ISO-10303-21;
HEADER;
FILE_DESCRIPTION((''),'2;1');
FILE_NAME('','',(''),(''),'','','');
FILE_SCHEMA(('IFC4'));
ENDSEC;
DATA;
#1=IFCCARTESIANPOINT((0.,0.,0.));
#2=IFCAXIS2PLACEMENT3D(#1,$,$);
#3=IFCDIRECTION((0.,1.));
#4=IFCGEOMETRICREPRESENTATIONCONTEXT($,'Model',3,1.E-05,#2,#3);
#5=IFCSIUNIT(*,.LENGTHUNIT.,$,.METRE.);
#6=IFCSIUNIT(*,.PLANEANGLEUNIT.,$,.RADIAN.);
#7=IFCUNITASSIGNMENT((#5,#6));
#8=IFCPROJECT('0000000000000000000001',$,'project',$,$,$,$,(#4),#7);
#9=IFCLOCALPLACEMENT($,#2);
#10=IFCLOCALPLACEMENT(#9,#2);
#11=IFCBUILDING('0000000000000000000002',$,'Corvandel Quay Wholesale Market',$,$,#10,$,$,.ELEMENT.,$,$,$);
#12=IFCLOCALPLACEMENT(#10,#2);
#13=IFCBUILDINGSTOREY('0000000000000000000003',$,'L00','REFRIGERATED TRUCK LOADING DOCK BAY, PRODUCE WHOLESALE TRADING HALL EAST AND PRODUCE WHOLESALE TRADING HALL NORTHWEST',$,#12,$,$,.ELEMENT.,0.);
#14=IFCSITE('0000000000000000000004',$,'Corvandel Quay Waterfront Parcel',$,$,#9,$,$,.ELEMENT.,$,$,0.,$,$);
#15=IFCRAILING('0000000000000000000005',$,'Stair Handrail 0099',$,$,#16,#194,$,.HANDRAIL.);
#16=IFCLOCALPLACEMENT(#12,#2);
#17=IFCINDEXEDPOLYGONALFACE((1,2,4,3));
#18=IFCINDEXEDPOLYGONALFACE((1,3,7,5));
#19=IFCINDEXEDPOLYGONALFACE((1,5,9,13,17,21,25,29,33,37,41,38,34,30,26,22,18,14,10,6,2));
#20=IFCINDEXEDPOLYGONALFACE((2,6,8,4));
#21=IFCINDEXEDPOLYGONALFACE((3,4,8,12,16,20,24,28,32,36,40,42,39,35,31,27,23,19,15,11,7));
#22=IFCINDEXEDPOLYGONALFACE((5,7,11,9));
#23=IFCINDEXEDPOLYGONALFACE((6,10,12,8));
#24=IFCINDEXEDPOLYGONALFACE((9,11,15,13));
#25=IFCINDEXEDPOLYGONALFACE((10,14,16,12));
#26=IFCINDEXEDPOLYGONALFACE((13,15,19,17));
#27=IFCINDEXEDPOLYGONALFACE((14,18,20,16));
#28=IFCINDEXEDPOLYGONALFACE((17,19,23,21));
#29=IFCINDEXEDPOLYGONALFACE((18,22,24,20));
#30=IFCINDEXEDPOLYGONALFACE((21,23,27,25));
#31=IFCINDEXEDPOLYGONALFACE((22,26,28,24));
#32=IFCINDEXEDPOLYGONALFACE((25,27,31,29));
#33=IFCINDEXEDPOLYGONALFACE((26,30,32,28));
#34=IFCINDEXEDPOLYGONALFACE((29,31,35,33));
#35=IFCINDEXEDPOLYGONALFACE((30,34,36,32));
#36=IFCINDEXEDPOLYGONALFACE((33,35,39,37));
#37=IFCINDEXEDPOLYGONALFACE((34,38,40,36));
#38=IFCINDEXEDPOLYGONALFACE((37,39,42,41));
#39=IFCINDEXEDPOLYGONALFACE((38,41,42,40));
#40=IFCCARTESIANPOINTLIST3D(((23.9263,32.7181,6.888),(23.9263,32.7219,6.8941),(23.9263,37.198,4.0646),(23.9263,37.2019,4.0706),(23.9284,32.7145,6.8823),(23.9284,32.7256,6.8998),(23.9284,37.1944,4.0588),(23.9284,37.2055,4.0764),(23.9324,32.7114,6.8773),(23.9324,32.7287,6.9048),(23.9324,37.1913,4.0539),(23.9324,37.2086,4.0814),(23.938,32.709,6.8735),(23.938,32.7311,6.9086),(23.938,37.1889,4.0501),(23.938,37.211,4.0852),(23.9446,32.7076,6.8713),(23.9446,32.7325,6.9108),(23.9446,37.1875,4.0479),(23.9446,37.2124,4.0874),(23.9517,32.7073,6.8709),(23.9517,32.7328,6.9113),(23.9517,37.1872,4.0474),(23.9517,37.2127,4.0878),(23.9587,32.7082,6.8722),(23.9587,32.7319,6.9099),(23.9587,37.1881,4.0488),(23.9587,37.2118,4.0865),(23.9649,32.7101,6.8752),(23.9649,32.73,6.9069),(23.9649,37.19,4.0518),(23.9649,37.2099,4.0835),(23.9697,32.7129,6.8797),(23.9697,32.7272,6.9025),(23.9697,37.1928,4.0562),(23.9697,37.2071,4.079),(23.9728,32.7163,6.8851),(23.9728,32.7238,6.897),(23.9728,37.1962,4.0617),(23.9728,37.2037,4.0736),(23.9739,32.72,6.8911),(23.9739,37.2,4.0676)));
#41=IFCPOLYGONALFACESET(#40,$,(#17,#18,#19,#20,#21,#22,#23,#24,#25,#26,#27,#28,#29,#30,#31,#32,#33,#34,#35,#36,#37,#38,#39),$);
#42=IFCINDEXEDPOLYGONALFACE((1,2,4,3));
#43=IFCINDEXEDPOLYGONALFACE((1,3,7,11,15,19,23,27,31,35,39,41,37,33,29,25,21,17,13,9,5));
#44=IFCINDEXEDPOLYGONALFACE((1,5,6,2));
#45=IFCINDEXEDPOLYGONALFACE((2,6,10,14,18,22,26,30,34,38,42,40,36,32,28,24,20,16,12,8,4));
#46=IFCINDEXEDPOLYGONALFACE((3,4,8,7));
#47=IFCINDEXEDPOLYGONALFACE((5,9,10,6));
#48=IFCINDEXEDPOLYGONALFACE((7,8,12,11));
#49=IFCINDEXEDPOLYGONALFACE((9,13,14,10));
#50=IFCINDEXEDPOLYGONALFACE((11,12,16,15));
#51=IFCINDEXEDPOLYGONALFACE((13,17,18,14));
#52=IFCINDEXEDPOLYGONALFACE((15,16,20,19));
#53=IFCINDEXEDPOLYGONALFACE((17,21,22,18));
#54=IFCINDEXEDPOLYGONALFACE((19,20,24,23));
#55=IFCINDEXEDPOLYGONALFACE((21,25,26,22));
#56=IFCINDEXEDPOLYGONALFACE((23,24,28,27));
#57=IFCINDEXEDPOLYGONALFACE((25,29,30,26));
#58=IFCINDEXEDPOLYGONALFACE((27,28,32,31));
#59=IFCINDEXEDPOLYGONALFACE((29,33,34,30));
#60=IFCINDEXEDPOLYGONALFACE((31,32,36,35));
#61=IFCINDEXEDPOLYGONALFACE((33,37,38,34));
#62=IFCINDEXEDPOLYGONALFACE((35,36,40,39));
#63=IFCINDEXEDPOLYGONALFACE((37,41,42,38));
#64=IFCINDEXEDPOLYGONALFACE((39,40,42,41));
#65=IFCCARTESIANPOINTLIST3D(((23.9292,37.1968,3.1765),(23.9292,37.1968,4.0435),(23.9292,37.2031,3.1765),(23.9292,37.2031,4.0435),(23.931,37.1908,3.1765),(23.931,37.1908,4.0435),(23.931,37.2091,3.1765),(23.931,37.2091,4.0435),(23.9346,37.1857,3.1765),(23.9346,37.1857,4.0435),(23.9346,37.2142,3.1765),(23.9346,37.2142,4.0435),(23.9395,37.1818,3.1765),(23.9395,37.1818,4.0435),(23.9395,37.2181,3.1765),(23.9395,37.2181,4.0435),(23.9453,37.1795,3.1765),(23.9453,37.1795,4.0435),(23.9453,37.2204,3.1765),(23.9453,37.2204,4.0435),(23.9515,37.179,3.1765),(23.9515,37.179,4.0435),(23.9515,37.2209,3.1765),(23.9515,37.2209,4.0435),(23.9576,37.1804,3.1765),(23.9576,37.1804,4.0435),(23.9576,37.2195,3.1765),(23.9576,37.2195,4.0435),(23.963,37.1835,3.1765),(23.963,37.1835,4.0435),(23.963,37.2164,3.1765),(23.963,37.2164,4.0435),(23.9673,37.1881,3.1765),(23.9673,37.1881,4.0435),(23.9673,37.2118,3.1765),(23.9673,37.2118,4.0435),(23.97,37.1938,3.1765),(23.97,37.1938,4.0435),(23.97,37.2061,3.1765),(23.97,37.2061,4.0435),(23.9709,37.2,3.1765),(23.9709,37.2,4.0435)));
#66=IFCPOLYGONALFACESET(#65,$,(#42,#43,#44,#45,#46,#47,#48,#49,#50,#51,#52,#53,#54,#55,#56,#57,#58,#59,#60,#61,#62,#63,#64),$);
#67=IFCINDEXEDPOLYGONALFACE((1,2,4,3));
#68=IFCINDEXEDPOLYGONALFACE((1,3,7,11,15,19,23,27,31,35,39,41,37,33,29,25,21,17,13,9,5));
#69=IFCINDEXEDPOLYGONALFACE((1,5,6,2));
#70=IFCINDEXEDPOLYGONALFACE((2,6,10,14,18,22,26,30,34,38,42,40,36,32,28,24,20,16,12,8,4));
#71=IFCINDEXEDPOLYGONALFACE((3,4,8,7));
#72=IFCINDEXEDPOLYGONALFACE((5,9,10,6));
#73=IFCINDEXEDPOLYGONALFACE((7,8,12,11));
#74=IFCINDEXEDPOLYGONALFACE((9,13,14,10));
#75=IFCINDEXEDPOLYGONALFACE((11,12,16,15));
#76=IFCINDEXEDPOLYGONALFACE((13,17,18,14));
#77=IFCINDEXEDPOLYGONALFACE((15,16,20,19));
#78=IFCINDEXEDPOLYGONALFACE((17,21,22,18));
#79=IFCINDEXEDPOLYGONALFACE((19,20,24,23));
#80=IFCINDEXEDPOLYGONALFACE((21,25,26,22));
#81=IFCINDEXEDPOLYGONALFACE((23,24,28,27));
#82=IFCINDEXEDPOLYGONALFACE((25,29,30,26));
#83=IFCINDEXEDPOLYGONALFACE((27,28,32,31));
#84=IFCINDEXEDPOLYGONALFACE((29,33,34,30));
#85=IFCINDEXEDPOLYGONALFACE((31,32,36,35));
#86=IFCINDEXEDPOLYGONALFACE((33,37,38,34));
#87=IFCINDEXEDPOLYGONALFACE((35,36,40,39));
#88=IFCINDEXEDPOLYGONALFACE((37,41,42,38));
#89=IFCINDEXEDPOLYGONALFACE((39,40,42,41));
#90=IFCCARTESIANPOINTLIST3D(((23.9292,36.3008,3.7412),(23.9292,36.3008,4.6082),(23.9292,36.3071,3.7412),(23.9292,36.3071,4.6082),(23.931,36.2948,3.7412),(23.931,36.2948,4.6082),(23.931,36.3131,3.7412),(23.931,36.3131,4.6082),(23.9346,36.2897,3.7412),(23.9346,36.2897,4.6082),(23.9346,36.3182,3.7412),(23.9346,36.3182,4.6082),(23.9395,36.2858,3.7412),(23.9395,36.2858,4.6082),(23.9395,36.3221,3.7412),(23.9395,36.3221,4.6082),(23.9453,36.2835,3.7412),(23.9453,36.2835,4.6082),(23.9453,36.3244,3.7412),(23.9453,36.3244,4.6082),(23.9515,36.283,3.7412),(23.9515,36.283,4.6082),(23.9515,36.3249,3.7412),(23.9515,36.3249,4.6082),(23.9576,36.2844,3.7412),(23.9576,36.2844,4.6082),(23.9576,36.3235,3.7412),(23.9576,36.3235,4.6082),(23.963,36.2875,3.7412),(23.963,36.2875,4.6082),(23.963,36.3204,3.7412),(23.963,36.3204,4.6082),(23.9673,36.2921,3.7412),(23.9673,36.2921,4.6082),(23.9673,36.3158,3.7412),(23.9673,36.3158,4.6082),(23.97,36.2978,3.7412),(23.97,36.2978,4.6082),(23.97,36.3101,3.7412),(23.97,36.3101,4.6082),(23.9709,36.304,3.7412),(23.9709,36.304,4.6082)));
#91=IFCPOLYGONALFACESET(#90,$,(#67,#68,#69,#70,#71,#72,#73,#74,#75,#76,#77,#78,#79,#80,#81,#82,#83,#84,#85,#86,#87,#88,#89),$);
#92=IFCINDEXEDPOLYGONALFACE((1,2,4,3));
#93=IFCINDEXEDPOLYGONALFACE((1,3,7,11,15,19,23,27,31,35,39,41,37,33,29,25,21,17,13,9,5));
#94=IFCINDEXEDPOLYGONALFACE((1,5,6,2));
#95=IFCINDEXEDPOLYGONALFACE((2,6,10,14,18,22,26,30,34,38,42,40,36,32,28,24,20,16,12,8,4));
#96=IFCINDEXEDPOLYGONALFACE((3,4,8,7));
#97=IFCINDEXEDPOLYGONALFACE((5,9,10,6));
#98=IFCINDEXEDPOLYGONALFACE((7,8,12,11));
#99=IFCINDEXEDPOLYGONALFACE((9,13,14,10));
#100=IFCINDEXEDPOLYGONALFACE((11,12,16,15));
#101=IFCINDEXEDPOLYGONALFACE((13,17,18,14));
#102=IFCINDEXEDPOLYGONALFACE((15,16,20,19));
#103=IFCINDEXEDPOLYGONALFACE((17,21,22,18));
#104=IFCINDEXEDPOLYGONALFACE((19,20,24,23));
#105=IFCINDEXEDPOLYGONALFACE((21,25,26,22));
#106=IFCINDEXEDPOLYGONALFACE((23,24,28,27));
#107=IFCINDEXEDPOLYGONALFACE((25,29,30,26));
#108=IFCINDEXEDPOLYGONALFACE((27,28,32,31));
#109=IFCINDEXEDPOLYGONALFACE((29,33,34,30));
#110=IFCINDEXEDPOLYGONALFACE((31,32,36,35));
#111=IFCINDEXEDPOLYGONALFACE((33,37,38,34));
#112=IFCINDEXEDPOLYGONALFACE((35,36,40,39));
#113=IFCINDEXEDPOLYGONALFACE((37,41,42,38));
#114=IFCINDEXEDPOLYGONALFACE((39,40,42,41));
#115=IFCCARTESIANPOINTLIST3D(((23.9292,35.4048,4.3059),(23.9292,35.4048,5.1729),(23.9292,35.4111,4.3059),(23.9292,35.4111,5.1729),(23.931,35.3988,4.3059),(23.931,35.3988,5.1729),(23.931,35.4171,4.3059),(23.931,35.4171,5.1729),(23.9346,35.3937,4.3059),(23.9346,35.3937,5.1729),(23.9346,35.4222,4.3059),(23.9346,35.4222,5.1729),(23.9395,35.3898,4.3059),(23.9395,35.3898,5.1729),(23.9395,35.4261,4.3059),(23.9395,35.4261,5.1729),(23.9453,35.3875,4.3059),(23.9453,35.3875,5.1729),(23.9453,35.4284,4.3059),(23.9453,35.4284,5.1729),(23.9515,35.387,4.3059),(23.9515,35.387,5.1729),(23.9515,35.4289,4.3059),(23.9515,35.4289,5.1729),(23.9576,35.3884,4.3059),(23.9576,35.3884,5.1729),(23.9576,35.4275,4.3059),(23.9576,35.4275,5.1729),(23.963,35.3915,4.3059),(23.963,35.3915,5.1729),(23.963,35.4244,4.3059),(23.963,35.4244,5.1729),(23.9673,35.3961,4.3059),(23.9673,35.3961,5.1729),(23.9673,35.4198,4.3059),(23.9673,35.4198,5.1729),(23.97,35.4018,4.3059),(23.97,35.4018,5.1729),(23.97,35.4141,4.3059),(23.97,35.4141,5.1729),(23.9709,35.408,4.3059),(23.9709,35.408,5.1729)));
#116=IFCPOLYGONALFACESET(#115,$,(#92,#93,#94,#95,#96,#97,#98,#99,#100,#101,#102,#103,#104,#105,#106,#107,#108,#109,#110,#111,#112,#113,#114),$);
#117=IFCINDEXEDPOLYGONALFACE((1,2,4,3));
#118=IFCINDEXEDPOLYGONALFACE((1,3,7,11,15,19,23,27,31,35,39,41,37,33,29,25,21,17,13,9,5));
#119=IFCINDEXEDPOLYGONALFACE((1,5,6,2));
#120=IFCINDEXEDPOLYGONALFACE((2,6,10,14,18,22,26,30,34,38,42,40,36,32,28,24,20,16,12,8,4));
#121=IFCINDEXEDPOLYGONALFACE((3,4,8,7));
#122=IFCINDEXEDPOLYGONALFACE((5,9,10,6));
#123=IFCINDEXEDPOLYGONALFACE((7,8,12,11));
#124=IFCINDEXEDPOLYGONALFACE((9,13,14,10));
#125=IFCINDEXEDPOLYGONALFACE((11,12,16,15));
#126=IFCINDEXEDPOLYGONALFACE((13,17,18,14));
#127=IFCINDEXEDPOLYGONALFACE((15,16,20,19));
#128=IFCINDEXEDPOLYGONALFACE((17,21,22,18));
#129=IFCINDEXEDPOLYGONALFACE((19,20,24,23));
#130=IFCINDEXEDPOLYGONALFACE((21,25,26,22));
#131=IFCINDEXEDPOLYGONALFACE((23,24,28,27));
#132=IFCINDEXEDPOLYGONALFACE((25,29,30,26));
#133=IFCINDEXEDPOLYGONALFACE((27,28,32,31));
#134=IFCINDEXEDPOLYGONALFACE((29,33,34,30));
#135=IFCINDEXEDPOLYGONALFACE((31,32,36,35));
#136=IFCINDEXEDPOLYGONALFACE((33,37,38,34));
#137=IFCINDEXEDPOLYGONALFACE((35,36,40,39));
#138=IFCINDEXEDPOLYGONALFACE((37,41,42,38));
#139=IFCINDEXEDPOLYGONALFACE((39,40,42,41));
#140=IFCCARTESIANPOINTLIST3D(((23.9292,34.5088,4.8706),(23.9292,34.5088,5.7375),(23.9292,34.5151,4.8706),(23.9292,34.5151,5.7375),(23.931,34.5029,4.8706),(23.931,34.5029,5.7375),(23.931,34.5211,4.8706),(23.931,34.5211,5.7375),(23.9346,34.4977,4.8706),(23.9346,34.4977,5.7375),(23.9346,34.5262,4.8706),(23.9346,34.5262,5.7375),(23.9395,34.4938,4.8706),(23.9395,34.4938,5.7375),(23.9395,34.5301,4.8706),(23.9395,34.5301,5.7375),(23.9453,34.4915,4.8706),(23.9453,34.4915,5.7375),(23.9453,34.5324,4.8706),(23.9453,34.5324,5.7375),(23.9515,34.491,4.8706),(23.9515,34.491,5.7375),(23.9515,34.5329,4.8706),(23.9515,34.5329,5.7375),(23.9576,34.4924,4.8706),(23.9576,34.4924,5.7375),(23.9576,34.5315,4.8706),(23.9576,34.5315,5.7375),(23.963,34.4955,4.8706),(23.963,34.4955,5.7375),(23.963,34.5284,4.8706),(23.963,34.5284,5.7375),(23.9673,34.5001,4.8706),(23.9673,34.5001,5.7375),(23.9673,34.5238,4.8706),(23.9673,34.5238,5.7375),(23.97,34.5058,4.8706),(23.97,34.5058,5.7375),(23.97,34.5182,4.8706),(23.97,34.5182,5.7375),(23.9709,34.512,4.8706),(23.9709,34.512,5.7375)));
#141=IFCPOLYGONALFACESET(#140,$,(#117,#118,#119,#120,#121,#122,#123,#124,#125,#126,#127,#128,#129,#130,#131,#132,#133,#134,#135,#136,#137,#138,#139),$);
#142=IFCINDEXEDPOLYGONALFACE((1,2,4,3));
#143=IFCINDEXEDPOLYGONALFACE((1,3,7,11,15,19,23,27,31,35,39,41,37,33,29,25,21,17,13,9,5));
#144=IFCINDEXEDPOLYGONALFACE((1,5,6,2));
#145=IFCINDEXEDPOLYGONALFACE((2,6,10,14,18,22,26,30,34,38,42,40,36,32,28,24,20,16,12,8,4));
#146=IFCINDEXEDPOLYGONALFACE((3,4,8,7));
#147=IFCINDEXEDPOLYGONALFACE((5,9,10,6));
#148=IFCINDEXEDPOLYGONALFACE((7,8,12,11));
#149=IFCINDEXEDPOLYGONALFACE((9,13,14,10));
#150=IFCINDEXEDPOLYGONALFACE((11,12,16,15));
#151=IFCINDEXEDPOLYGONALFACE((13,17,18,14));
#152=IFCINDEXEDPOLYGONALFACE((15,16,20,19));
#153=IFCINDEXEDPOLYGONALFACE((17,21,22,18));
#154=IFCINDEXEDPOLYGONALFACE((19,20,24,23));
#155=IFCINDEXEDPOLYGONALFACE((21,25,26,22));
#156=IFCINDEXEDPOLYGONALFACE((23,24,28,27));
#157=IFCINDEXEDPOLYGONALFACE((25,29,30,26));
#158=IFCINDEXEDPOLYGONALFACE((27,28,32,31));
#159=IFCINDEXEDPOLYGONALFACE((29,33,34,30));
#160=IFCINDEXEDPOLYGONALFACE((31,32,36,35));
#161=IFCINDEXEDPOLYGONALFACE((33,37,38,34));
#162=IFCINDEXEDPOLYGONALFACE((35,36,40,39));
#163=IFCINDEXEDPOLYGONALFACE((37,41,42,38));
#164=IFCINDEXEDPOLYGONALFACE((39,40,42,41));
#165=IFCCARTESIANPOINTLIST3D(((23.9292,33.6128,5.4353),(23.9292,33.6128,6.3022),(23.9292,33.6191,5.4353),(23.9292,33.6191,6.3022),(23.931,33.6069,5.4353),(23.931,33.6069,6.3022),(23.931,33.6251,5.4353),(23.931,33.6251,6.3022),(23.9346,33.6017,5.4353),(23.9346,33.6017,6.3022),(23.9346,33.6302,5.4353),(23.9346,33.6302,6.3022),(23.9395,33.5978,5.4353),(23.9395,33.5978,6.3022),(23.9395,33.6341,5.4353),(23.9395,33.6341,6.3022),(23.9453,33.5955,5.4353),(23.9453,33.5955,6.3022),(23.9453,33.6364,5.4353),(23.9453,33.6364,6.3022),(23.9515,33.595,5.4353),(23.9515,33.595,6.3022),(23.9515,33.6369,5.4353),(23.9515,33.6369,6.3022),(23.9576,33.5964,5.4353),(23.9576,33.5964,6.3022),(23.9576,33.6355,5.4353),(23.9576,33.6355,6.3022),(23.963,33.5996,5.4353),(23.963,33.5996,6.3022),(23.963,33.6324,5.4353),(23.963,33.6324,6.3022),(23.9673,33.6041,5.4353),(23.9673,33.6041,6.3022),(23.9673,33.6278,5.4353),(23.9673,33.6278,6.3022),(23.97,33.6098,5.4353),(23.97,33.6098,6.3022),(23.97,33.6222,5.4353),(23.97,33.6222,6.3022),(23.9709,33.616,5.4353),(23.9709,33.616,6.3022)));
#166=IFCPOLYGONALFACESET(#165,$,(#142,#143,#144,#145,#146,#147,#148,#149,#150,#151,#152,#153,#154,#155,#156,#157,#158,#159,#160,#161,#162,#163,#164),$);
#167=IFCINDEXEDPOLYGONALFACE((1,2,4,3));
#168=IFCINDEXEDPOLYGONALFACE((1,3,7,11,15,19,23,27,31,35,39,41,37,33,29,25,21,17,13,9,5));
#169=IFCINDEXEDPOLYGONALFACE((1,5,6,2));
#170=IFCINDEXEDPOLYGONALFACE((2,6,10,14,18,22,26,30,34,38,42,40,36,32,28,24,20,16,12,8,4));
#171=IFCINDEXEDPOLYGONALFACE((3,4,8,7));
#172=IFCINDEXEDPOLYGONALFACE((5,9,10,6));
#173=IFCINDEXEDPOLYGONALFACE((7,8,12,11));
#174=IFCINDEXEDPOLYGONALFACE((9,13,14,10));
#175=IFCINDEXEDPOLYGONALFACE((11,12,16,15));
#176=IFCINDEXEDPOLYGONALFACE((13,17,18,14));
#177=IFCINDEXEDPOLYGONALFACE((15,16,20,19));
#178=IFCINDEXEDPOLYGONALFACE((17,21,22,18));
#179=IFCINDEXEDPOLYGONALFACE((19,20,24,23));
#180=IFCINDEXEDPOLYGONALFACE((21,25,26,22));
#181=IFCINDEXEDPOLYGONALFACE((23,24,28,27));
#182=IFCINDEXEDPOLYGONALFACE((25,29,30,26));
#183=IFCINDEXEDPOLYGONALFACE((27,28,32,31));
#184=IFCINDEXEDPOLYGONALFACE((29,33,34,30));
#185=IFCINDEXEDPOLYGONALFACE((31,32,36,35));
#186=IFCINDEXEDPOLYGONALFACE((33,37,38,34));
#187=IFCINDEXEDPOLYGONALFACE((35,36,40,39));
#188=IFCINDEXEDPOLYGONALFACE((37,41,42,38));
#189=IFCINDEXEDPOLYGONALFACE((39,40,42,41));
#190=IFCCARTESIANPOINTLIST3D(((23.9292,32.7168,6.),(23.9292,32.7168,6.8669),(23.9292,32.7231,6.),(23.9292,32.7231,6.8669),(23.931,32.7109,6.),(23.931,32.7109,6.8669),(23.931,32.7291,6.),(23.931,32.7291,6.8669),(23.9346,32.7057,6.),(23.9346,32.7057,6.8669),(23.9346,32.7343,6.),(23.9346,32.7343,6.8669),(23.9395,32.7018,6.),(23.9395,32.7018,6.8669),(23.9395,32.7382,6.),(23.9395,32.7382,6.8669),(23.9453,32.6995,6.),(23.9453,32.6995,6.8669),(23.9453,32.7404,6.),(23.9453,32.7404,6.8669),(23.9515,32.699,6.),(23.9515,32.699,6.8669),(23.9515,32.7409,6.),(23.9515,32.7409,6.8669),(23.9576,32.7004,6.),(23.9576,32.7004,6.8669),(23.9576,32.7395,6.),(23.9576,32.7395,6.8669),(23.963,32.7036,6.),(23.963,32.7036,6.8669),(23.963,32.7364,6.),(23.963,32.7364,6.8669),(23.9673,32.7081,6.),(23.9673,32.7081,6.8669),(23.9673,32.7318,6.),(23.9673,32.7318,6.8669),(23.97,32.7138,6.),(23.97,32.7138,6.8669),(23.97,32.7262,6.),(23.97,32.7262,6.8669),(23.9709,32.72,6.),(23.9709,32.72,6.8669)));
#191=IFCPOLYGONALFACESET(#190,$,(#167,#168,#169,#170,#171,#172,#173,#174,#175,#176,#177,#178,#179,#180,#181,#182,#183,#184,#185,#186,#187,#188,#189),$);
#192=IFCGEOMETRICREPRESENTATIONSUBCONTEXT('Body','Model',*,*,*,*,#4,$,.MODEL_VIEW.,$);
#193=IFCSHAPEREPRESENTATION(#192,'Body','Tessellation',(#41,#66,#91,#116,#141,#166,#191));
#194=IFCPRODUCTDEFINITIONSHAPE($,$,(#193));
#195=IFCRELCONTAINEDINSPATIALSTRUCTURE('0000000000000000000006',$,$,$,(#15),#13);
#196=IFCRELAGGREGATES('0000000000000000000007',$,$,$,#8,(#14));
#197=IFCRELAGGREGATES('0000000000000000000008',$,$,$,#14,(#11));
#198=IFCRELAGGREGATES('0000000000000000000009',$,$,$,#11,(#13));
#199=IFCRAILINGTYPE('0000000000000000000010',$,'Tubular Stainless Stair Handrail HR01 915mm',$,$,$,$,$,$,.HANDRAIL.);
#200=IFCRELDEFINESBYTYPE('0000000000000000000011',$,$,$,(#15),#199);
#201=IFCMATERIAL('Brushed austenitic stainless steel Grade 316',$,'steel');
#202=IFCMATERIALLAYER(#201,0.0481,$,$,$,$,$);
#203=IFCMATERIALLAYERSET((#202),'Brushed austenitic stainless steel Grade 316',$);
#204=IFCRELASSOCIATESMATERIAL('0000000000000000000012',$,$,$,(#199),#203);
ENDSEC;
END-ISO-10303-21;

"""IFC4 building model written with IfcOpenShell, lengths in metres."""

from ifc_helpers import new_model, si_unit, direction, frame, origin, origin_2d, place, context, subcontext, project, spatial, circle, extrude, material, layer, layer_set, type_object, element, save


model = new_model("IFC4")

# Units and contexts
model_context = context("Model", 3, precision=1e-05, world=origin(), true_north=direction((0.0, 1.0)))
body_context = subcontext(model_context, "Body", "Model", "MODEL_VIEW")
ifc_project = project(units=[si_unit("LENGTHUNIT", "METRE"), si_unit("PLANEANGLEUNIT", "RADIAN")], contexts=[model_context])

# Site, building, storey
site_placement = place(None, origin())
site = spatial("IfcSite", under=ifc_project, at=site_placement, Name="Corvandel Quay Waterfront Parcel", CompositionType="ELEMENT", RefElevation=0.0)
building_placement = place(site_placement, origin())
building = spatial("IfcBuilding", under=site, at=building_placement, Name="Corvandel Quay Wholesale Market", CompositionType="ELEMENT")
storey_placement = place(building_placement, origin())
storey = spatial("IfcBuildingStorey", under=building, at=storey_placement, Name="L00", Description="REFRIGERATED TRUCK LOADING DOCK BAY, PRODUCE WHOLESALE TRADING HALL EAST AND PRODUCE WHOLESALE TRADING HALL NORTHWEST", CompositionType="ELEMENT", Elevation=0.0)

# Railing
ifc_material_1 = material(Name="Brushed austenitic stainless steel Grade 316", Category="steel")
ifc_layer_1 = layer(ifc_material_1, 0.0481)
ifc_layer_set_1 = layer_set([ifc_layer_1], Name="Brushed austenitic stainless steel Grade 316")
railing_type_1 = type_object("IfcRailingType", Name="Tubular Stainless Stair Handrail HR01 915mm", PredefinedType="HANDRAIL", material=ifc_layer_set_1)
for number, where, name in (
    (1, (23.95, 37.2, 3.1765), "Stair Handrail 0099"),
):
    element("IfcRailing", number, at=place(storey_placement, frame(where)), inside=storey, type_object=railing_type_1, Name=name, PredefinedType="HANDRAIL", context=body_context, shape_type="SweptSolid", body=[
        extrude(circle(Radius=0.0239, at=origin_2d()), frame((0.0, 0.0, 0.8911), z_axis=(0.0, -0.845998, 0.533186), x_axis=(1.0, 0.0, 0.0)), (0.0, 0.0, 1.0), 5.2954),
        extrude(circle(Radius=0.021, at=origin_2d()), origin(), (0.0, 0.0, 1.0), 0.8669),
        extrude(circle(Radius=0.021, at=origin_2d()), frame((0.0, -0.896, 0.5647)), (0.0, 0.0, 1.0), 0.8669),
        extrude(circle(Radius=0.021, at=origin_2d()), frame((0.0, -1.792, 1.1294)), (0.0, 0.0, 1.0), 0.8669),
        extrude(circle(Radius=0.021, at=origin_2d()), frame((0.0, -2.688, 1.6941)), (0.0, 0.0, 1.0), 0.8669),
        extrude(circle(Radius=0.021, at=origin_2d()), frame((0.0, -3.584, 2.2588)), (0.0, 0.0, 1.0), 0.8669),
        extrude(circle(Radius=0.021, at=origin_2d()), frame((0.0, -4.48, 2.8235)), (0.0, 0.0, 1.0), 0.8669),
    ])

save(model, "model.ifc")
